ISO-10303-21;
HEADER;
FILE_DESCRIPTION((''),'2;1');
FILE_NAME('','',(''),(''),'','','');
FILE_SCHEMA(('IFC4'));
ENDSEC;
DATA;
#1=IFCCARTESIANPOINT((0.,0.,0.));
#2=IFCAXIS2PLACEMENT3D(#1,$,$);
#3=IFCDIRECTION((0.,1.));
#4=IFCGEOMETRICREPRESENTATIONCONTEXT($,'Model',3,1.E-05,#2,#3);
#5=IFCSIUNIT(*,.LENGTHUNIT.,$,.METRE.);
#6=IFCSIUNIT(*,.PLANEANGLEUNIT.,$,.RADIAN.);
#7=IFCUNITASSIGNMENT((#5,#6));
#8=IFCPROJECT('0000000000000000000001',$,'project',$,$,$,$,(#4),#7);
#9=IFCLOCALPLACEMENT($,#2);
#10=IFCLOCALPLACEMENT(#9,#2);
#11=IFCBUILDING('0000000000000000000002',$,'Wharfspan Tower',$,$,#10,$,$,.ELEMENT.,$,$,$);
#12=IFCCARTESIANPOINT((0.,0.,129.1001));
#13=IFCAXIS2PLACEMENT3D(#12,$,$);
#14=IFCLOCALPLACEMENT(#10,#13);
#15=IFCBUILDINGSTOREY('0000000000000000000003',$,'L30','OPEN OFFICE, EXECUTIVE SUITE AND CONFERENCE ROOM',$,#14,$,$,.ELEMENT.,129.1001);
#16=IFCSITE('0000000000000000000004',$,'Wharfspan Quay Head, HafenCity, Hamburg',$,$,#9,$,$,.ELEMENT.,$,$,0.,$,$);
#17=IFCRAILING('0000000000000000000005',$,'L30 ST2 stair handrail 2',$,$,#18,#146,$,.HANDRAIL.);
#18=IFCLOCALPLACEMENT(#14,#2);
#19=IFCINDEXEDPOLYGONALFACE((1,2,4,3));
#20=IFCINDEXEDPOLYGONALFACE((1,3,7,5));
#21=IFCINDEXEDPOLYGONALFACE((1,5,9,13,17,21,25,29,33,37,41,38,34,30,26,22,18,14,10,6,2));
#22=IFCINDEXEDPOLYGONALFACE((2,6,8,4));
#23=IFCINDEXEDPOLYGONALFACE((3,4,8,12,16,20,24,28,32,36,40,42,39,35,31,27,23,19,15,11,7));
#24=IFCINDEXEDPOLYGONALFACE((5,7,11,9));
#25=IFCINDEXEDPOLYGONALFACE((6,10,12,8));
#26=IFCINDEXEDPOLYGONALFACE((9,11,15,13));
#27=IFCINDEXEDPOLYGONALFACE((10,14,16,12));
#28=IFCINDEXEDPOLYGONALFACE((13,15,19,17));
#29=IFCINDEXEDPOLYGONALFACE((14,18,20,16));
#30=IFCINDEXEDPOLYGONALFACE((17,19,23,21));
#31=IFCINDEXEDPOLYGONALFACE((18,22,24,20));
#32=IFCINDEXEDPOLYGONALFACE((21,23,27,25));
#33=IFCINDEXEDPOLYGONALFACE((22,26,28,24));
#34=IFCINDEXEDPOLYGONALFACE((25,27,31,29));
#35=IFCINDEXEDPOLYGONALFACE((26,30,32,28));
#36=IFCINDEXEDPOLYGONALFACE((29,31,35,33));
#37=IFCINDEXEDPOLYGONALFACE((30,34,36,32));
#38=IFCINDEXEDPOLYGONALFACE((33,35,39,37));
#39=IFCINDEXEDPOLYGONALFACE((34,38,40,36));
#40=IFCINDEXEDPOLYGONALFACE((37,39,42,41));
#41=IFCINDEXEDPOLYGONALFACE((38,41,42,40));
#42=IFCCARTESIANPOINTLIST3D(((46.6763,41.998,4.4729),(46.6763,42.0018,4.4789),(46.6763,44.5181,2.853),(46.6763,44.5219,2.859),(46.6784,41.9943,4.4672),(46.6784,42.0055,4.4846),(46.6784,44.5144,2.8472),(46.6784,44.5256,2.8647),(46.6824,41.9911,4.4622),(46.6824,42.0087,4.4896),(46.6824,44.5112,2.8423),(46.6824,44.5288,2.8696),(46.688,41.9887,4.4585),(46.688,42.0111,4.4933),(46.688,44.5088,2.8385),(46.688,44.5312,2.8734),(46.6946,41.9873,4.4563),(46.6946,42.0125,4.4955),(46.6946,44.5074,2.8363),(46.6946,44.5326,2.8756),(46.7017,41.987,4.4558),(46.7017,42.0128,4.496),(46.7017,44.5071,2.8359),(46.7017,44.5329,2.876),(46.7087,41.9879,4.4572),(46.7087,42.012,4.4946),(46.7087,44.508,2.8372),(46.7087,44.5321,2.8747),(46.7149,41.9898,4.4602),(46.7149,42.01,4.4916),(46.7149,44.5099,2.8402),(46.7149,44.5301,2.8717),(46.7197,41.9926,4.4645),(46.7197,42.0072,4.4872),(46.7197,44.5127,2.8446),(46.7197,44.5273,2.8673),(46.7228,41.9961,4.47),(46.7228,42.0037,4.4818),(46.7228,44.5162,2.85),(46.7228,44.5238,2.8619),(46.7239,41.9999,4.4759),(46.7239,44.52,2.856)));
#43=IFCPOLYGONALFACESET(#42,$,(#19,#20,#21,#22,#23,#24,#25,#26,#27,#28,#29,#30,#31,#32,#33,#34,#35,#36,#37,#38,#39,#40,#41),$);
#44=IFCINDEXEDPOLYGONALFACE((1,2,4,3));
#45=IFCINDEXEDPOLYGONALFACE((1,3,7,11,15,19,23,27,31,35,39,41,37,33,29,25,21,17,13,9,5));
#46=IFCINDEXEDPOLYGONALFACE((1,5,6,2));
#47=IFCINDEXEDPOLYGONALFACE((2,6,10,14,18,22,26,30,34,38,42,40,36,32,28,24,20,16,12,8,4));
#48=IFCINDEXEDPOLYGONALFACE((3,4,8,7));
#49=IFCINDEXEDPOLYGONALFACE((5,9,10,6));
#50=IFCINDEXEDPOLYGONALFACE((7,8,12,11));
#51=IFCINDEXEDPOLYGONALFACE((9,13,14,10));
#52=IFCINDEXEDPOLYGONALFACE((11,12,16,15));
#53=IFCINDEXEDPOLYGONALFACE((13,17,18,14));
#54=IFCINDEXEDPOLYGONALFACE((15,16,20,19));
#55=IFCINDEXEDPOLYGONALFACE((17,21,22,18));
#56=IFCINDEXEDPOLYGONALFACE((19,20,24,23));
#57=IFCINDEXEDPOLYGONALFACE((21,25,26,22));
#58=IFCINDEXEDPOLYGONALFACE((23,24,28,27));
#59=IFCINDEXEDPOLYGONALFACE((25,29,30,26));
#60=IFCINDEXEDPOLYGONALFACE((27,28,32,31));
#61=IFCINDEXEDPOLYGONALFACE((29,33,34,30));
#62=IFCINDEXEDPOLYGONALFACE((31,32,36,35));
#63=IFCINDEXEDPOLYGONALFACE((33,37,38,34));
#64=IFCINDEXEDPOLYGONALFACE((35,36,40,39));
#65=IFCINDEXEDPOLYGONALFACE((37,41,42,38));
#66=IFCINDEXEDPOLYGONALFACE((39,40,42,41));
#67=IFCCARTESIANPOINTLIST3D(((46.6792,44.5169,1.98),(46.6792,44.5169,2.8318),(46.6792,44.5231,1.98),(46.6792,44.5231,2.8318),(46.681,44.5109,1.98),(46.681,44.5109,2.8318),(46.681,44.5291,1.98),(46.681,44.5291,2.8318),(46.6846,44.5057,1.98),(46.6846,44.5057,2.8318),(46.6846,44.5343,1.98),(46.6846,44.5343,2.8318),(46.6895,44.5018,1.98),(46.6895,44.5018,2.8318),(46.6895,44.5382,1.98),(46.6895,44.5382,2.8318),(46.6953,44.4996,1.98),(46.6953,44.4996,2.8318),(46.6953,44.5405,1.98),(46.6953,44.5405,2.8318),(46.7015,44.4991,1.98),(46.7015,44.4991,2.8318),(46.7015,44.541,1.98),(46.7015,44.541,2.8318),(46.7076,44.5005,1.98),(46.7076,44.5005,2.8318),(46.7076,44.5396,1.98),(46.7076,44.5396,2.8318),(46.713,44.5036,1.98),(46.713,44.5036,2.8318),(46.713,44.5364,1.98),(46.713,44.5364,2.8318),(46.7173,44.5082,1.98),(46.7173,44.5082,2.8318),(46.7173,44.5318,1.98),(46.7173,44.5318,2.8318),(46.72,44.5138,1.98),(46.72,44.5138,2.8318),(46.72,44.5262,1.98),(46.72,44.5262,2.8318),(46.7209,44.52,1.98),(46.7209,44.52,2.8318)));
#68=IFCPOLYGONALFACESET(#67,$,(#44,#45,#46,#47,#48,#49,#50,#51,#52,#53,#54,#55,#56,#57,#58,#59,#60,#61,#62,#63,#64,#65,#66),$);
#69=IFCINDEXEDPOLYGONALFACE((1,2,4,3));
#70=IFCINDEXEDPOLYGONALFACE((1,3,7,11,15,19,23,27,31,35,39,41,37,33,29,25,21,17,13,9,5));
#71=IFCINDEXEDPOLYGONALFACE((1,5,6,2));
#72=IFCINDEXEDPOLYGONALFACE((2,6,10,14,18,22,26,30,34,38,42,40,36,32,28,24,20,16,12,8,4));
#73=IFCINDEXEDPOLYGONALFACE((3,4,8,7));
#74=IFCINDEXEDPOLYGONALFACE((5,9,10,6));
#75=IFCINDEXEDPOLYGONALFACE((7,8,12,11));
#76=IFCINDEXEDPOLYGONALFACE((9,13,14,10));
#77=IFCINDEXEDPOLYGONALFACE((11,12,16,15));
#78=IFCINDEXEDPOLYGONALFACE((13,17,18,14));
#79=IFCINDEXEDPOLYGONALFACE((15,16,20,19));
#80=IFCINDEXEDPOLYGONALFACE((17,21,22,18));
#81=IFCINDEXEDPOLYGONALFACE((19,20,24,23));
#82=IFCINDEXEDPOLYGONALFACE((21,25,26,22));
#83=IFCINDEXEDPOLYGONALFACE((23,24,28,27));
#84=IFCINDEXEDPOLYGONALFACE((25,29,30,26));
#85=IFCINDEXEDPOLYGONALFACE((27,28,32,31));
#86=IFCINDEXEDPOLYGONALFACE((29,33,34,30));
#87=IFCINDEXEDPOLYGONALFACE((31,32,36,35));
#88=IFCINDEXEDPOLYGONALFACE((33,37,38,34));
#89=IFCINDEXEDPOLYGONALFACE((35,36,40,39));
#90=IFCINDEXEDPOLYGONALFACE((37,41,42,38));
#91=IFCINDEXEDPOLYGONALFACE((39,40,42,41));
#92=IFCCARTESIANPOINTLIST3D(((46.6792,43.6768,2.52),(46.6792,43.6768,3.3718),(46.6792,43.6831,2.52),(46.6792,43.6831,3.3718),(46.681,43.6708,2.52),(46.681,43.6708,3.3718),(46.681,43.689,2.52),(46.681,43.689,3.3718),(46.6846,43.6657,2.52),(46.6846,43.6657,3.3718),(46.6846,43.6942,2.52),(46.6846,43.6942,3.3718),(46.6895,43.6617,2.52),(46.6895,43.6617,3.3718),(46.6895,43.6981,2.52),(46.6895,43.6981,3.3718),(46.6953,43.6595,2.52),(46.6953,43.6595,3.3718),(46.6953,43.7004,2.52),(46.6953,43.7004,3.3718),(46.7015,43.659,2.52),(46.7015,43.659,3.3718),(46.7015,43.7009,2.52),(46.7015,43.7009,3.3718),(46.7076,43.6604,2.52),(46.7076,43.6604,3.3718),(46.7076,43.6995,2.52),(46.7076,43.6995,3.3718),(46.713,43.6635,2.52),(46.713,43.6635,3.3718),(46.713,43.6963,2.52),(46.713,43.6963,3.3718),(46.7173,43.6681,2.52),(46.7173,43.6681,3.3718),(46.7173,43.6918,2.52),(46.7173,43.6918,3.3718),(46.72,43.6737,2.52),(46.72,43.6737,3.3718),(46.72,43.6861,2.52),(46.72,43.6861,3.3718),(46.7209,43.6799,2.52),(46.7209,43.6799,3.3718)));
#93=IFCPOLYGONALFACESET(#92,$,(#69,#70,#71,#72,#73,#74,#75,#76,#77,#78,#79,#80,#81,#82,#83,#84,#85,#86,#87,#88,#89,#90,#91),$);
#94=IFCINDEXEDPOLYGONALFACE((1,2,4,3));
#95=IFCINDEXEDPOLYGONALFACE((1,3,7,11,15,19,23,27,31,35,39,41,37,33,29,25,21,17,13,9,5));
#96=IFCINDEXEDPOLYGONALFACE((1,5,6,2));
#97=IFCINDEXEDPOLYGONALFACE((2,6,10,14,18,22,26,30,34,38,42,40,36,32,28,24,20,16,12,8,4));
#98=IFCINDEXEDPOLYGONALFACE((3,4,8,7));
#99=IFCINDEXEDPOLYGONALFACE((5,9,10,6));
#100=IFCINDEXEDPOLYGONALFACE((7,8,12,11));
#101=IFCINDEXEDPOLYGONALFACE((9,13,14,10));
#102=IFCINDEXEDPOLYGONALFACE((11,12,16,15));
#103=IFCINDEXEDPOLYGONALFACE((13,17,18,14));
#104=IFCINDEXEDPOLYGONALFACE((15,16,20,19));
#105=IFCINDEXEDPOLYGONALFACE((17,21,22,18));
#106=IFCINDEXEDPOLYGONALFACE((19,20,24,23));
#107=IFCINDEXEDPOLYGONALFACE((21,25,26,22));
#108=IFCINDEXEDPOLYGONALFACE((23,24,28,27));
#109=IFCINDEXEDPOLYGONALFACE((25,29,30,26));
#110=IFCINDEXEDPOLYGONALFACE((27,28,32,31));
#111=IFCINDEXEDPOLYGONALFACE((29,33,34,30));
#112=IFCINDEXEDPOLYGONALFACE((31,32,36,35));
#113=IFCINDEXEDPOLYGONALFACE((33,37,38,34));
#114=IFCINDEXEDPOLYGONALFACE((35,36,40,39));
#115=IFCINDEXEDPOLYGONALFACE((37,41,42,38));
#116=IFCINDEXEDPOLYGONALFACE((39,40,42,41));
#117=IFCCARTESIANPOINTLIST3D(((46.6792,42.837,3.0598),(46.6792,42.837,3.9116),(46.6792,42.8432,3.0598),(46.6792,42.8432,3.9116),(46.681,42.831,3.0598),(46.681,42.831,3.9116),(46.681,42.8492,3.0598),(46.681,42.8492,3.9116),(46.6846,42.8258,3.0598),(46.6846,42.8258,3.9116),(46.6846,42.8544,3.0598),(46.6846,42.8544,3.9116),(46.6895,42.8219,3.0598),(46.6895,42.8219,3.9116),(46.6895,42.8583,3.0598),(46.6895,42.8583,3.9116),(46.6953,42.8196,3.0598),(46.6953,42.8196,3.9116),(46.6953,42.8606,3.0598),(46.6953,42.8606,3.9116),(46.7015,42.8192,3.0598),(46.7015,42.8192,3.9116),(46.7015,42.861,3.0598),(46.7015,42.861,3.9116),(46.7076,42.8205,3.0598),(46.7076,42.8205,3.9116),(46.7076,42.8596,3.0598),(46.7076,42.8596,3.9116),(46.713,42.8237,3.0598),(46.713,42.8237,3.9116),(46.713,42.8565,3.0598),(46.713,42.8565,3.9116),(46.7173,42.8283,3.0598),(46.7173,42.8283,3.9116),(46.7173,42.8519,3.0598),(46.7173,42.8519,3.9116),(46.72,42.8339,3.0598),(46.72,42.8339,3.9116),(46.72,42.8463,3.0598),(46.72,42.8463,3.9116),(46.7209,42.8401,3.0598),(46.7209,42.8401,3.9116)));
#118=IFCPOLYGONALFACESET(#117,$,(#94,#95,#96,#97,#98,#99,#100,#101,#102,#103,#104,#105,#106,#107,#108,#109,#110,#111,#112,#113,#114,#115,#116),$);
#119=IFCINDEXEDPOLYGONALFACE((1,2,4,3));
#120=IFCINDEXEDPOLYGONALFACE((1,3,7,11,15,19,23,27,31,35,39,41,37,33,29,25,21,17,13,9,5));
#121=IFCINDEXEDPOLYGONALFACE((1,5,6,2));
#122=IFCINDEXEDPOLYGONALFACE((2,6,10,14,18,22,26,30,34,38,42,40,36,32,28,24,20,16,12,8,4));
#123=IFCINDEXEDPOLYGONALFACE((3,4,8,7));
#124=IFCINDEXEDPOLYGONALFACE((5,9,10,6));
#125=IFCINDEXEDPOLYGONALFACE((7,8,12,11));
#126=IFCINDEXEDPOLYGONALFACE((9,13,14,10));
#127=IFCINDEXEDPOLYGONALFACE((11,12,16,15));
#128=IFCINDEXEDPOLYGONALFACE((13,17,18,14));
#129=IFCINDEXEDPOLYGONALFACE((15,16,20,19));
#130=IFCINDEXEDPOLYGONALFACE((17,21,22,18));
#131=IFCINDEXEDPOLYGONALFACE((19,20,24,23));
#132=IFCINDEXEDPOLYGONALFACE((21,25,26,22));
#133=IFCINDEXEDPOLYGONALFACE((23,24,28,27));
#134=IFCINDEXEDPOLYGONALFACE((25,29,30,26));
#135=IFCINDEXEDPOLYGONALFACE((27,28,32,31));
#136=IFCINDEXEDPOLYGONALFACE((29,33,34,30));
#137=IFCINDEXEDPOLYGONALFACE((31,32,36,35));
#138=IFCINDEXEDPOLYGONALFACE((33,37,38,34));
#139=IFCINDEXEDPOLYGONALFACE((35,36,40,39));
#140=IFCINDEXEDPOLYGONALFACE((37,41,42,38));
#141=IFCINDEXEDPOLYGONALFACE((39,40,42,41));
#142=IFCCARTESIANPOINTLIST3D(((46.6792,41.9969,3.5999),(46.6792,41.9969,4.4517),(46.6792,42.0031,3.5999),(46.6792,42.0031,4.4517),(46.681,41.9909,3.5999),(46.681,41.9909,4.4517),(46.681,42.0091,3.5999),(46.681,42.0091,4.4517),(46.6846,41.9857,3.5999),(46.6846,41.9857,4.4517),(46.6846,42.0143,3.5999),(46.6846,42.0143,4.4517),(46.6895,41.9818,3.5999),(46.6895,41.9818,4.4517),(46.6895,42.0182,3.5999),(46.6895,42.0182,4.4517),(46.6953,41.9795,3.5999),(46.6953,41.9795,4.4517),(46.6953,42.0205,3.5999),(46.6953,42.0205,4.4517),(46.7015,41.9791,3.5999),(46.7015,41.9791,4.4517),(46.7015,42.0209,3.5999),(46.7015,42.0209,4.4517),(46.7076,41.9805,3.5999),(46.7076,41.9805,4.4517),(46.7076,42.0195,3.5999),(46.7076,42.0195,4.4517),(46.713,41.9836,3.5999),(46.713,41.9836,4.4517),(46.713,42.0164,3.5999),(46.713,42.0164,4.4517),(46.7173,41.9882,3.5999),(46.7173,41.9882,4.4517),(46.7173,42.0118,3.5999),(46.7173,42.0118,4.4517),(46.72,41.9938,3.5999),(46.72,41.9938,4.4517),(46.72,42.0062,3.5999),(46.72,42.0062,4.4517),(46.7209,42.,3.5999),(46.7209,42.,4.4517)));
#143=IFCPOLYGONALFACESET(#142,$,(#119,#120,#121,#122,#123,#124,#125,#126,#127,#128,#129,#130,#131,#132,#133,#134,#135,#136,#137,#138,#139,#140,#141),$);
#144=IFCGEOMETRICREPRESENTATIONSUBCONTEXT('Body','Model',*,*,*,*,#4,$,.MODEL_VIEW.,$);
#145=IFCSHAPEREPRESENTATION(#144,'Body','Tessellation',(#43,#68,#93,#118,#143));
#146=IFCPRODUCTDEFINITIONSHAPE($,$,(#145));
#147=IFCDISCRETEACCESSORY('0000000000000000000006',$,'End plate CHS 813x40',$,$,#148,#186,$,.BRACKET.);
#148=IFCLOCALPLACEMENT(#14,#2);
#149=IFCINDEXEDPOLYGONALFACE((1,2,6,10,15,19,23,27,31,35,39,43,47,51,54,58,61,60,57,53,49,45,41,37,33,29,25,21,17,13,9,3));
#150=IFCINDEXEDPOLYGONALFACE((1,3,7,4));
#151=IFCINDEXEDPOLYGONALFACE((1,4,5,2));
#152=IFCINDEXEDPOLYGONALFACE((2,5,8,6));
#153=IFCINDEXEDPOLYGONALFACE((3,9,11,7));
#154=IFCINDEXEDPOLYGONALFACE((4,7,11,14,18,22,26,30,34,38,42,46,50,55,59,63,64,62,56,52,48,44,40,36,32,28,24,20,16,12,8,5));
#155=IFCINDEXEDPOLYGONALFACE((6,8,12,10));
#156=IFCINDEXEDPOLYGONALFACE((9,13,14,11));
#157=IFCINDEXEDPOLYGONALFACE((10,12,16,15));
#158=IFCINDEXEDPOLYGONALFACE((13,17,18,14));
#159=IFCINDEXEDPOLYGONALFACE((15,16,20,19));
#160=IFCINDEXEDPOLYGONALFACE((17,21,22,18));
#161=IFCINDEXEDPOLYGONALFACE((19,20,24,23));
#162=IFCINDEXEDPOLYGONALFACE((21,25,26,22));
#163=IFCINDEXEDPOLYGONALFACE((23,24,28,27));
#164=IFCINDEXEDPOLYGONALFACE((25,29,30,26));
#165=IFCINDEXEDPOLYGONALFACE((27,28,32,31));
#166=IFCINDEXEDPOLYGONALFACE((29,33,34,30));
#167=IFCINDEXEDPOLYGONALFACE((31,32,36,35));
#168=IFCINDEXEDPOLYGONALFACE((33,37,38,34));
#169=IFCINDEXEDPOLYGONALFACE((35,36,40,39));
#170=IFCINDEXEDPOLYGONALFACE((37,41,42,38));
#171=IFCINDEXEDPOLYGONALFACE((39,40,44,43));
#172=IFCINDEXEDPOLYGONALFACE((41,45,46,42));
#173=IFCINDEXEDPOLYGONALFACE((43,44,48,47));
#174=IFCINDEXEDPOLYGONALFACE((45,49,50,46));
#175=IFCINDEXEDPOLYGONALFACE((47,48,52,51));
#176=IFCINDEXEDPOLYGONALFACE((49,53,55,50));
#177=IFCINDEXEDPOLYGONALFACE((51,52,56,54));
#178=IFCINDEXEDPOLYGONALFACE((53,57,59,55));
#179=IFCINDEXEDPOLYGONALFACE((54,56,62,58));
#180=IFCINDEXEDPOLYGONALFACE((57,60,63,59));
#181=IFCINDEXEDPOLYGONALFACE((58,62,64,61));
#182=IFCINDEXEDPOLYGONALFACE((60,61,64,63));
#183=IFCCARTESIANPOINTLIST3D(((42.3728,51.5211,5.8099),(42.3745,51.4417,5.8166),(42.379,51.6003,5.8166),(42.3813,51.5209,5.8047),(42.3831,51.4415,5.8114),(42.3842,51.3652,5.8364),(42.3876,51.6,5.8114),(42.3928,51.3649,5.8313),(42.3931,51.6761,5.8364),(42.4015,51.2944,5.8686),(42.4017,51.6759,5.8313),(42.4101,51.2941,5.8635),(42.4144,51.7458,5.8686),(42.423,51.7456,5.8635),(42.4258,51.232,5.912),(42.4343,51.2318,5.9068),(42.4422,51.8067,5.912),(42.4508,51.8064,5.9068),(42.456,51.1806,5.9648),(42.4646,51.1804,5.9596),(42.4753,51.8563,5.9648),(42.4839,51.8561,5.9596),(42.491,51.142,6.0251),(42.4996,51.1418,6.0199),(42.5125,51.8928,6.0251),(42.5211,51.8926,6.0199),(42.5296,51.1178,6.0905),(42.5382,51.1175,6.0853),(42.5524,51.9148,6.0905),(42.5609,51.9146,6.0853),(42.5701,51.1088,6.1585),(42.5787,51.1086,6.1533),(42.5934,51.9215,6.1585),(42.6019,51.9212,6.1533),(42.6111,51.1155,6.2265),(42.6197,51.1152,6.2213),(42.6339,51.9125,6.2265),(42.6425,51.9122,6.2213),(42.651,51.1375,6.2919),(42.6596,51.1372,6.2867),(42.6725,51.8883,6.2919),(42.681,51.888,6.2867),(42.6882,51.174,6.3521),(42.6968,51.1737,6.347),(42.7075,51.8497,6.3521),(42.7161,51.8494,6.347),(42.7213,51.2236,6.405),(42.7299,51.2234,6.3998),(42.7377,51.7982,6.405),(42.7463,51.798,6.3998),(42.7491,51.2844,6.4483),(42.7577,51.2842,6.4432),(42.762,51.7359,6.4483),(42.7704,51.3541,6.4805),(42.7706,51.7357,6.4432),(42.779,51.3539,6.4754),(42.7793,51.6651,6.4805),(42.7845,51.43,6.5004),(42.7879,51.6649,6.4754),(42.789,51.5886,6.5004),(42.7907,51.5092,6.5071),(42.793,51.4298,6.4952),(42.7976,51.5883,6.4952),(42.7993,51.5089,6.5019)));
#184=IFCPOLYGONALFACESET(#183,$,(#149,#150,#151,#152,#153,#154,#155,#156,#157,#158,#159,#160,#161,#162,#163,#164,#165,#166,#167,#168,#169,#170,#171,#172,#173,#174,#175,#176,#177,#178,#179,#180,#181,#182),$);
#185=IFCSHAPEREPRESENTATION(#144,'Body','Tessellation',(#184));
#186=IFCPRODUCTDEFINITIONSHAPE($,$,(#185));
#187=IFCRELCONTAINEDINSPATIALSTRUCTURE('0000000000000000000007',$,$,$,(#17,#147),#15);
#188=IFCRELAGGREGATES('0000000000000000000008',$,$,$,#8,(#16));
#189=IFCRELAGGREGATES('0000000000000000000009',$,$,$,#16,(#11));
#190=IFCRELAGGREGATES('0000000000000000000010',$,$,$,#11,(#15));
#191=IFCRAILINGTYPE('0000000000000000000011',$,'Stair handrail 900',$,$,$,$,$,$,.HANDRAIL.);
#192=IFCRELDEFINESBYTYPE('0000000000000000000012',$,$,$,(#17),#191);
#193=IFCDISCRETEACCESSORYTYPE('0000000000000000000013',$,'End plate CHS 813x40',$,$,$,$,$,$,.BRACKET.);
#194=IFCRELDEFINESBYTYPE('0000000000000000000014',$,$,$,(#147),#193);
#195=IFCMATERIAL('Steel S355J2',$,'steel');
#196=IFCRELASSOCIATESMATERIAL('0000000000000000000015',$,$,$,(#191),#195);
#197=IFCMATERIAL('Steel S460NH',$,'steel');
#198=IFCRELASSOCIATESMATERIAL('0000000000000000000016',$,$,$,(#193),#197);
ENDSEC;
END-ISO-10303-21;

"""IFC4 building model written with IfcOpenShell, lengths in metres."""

from ifc_helpers import new_model, si_unit, direction, frame, origin, origin_2d, place, context, subcontext, project, spatial, circle, extrude, material, material_profile, profile_set, type_object, element, save


model = new_model("IFC4")

# Units and contexts
model_context = context("Model", 3, precision=1e-05, world=origin(), true_north=direction((0.0, 1.0)))
body_context = subcontext(model_context, "Body", "Model", "MODEL_VIEW")
ifc_project = project(units=[si_unit("LENGTHUNIT", "METRE"), si_unit("PLANEANGLEUNIT", "RADIAN")], contexts=[model_context])

# Site, building, storey
site_placement = place(None, origin())
site = spatial("IfcSite", under=ifc_project, at=site_placement, Name="Wharfspan Quay Head, HafenCity, Hamburg", CompositionType="ELEMENT", RefElevation=0.0)
building_placement = place(site_placement, origin())
building = spatial("IfcBuilding", under=site, at=building_placement, Name="Wharfspan Tower", CompositionType="ELEMENT")
storey_placement = place(building_placement, frame((0.0, 0.0, 129.1001)))
storey = spatial("IfcBuildingStorey", under=building, at=storey_placement, Name="L30", Description="OPEN OFFICE, EXECUTIVE SUITE AND CONFERENCE ROOM", CompositionType="ELEMENT", Elevation=129.1001)

# Shared definitions
ifc_material_1 = material(Name="Steel S355J2", Category="steel")

# Shared definitions
ifc_material_2 = material(Name="Steel S460NH", Category="steel")

# Railing
railing_type_1 = type_object("IfcRailingType", Name="Stair handrail 900", PredefinedType="HANDRAIL", material=ifc_material_1)
railing_1_placement = place(storey_placement, frame((46.7, 44.52, 1.98)))
element("IfcRailing", 1, at=railing_1_placement, inside=storey, type_object=railing_type_1, Name="L30 ST2 stair handrail 2", PredefinedType="HANDRAIL", context=body_context, shape_type="SweptSolid", body=[
    extrude(circle(Radius=0.0239, at=origin_2d()), frame((0.0, 0.0, 0.876), z_axis=(0.0, -0.8412, 0.540725), x_axis=(1.0, 0.0, 0.0)), (0.0, 0.0, 1.0), 2.9958),
    extrude(circle(Radius=0.021, at=origin_2d()), origin(), (0.0, 0.0, 1.0), 0.8518),
    extrude(circle(Radius=0.021, at=origin_2d()), frame((0.0, -0.8401, 0.54)), (0.0, 0.0, 1.0), 0.8518),
    extrude(circle(Radius=0.021, at=origin_2d()), frame((0.0, -1.6799, 1.0798)), (0.0, 0.0, 1.0), 0.8518),
    extrude(circle(Radius=0.021, at=origin_2d()), frame((0.0, -2.52, 1.6199)), (0.0, 0.0, 1.0), 0.8518),
])

# Discrete accessory
ifc_material_profile_1 = material_profile(ifc_material_2, circle(Radius=0.4065, at=origin_2d()))
ifc_profile_set_1 = profile_set([ifc_material_profile_1], Name="Steel S460NH")
discrete_accessory_type = type_object("IfcDiscreteAccessoryType", Name="End plate CHS 813x40", PredefinedType="BRACKET", material=ifc_profile_set_1)
discrete_accessory_placement = place(storey_placement, frame((42.5903, 51.5149, 6.1533), z_axis=(-0.857236, 0.024492, 0.514341), x_axis=(-0.028558, -0.999591, 0.000002)))
element("IfcDiscreteAccessory", 2, at=discrete_accessory_placement, inside=storey, type_object=discrete_accessory_type, Name="End plate CHS 813x40", PredefinedType="BRACKET", context=body_context, shape_type="SweptSolid", body=[
    extrude(circle(Radius=0.4065, at=origin_2d()), origin(), (0.0, 0.0, 1.0), 0.01),
])

save(model, "model.ifc")
